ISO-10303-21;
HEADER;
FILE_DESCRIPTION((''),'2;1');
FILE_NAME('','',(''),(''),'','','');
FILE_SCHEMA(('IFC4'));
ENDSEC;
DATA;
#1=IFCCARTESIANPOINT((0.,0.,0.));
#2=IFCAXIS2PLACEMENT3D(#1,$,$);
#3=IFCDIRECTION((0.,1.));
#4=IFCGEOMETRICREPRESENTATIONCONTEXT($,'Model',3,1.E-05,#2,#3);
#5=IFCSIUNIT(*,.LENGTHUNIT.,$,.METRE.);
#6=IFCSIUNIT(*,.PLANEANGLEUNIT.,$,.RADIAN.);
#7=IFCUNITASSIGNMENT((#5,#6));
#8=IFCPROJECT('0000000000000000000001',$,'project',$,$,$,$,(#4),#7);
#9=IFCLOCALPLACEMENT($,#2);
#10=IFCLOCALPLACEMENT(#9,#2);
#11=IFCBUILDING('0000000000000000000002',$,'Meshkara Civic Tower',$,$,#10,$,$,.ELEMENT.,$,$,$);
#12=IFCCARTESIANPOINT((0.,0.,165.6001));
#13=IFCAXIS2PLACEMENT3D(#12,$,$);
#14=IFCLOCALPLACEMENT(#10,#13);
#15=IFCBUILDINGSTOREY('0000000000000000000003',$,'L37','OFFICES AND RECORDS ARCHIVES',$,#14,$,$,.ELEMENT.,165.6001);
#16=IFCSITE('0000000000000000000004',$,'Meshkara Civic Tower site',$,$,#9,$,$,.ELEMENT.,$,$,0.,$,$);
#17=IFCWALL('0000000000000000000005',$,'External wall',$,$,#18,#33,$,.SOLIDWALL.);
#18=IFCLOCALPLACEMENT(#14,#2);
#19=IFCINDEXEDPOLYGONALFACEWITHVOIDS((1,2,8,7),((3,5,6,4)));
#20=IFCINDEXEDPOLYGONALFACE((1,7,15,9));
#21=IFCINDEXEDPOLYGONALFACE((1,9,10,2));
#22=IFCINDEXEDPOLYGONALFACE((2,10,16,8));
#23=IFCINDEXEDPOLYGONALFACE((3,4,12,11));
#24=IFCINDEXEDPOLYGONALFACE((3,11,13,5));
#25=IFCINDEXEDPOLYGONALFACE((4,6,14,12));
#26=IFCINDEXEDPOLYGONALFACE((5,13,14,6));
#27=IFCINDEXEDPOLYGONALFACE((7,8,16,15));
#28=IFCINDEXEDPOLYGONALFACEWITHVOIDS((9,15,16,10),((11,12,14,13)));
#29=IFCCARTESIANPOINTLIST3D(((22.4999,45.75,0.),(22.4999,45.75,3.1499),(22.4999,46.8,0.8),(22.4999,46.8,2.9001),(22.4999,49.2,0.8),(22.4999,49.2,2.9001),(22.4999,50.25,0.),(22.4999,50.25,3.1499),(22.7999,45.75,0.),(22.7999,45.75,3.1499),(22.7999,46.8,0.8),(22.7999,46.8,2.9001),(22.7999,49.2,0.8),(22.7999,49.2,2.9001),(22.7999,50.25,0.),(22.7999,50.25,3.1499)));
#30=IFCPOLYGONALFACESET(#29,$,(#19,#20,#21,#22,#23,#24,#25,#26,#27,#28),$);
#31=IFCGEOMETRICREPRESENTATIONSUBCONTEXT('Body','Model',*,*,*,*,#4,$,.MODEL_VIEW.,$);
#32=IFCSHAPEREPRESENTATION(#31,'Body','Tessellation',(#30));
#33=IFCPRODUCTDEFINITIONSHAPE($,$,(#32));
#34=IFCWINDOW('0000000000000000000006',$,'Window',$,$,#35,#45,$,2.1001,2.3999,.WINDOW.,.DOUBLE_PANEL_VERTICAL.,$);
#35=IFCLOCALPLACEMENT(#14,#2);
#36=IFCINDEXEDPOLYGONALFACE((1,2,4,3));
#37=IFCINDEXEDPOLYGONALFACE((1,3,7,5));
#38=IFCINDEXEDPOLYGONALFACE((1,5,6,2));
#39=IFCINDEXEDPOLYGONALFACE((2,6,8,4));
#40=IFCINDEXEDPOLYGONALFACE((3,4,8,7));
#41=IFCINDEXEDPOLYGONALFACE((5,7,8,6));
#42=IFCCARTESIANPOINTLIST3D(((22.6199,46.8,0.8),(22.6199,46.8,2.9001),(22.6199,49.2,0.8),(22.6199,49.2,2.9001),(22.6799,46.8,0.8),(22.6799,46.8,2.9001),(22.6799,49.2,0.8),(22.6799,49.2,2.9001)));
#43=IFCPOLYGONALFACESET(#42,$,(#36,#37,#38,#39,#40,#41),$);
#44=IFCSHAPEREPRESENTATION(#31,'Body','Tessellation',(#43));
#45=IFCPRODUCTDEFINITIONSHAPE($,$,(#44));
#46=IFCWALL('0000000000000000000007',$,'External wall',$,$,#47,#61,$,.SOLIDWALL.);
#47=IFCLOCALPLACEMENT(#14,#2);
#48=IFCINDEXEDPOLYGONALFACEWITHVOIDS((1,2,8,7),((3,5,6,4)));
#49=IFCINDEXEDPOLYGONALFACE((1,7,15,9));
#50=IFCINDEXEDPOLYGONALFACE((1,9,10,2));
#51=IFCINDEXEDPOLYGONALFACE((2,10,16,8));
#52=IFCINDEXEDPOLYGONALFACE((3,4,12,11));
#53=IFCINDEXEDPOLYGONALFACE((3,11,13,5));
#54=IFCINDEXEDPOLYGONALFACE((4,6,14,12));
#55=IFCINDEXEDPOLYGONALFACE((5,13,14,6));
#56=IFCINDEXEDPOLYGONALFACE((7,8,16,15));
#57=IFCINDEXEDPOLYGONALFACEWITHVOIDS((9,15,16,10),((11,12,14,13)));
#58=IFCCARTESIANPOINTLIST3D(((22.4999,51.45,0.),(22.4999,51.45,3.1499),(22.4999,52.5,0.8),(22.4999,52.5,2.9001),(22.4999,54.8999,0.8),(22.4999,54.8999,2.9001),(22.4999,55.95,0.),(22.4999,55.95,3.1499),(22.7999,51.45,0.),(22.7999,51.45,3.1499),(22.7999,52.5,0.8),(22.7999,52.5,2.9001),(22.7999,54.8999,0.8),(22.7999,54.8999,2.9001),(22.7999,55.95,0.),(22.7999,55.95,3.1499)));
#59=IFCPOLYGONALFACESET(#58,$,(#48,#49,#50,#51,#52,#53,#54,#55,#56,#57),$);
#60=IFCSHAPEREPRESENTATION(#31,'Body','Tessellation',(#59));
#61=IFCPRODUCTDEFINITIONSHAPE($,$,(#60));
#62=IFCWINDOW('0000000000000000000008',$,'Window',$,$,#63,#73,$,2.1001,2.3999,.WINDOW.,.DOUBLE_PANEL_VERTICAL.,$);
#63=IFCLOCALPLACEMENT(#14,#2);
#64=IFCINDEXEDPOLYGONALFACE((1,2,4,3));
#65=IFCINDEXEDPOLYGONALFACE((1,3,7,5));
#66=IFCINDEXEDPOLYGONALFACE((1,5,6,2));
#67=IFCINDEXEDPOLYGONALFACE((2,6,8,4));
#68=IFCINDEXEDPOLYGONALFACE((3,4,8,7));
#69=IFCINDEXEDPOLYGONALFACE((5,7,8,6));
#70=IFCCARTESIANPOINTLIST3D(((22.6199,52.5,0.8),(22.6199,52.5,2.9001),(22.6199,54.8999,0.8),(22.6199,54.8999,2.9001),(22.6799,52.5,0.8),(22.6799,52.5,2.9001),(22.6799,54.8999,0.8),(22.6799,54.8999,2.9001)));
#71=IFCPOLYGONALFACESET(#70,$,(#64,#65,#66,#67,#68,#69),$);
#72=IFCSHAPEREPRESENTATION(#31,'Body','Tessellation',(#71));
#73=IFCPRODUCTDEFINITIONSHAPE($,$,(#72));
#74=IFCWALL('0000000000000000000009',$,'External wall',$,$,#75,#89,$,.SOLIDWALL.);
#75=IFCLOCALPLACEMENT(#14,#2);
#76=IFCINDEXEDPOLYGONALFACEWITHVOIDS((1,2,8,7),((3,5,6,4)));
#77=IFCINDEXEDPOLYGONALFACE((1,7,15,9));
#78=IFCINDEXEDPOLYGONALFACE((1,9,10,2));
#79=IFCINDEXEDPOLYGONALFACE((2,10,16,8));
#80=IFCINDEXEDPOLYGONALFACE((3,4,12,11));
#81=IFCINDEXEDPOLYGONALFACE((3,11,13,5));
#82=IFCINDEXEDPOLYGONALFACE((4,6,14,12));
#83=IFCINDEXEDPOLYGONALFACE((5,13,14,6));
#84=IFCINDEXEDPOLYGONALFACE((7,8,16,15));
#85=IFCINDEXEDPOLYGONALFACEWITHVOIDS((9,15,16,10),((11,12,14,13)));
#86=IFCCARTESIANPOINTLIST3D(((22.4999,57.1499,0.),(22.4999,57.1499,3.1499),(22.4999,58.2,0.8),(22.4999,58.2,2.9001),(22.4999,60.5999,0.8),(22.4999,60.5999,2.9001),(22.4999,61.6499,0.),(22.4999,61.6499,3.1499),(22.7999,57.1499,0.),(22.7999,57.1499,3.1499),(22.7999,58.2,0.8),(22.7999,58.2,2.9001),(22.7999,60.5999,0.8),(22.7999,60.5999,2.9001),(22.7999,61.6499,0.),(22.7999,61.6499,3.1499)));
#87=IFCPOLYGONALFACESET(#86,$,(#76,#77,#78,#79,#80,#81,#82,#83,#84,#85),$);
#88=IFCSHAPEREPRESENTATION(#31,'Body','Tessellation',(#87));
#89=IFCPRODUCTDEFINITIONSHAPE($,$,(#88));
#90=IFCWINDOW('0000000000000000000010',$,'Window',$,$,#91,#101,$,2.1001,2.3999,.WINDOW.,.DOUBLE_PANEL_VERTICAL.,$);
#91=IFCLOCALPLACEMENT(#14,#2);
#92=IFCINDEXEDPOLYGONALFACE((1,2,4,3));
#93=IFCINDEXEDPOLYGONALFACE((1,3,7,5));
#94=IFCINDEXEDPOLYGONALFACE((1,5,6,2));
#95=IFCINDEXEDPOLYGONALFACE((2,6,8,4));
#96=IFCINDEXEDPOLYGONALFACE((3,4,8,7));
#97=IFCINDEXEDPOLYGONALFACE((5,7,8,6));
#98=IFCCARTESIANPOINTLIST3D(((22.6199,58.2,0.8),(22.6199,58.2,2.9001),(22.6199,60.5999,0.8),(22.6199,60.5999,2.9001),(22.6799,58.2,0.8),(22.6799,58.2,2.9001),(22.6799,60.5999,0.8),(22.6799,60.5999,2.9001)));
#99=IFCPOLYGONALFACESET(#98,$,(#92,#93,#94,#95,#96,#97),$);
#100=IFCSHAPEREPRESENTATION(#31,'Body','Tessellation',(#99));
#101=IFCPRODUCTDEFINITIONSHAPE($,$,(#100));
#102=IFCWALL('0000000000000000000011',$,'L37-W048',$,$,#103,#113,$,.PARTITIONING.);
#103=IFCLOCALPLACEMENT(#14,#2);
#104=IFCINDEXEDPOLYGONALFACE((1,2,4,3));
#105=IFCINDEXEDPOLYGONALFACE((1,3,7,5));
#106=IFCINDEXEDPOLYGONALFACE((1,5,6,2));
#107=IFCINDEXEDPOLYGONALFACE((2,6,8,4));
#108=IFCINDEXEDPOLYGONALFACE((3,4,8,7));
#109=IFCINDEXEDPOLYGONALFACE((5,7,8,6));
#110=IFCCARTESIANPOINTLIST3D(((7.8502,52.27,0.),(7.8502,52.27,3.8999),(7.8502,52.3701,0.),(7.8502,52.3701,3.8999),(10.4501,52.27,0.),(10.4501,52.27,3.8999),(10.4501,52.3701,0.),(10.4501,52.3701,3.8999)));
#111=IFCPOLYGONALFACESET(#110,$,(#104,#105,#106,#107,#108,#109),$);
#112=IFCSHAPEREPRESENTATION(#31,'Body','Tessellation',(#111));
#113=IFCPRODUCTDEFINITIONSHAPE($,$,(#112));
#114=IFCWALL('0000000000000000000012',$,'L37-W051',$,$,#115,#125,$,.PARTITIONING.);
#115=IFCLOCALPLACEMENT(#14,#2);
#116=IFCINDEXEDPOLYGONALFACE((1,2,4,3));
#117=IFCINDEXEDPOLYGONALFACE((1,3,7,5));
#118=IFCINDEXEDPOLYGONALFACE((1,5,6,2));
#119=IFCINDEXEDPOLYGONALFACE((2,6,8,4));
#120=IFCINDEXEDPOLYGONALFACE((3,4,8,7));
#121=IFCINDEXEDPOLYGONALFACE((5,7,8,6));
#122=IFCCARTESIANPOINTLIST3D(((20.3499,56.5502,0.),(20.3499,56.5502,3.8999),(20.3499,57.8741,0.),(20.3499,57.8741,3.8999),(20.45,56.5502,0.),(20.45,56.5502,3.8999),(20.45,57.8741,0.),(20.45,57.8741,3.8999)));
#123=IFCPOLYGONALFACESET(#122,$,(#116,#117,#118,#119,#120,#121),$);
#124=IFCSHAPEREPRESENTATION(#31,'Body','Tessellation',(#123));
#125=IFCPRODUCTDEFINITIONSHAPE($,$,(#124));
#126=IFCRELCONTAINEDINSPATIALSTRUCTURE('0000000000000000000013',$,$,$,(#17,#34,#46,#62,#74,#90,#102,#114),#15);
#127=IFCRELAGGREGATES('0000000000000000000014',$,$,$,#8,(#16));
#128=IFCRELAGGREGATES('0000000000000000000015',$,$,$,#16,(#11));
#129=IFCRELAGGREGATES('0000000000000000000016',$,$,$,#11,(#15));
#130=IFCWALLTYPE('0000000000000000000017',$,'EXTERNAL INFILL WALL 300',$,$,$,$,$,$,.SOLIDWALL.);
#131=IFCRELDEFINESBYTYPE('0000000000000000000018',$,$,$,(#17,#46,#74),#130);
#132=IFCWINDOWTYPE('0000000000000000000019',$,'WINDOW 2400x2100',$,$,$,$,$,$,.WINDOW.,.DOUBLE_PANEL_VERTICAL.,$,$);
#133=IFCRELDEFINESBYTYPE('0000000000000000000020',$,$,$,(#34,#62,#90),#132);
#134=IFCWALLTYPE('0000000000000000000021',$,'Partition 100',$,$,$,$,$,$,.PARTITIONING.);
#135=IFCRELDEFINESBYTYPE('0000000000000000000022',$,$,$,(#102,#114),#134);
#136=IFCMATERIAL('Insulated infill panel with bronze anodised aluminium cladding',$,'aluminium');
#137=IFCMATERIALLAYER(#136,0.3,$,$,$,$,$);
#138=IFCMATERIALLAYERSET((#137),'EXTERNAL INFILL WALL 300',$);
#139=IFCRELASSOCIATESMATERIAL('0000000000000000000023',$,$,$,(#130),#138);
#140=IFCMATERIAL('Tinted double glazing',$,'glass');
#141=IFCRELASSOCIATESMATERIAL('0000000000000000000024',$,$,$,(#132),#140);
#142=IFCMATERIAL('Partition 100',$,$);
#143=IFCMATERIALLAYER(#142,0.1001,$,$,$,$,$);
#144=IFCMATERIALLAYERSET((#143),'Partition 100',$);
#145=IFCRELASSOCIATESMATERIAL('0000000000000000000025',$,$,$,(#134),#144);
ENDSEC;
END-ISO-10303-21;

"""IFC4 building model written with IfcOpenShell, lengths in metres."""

from ifc_helpers import new_model, si_unit, direction, frame, frame_2d, origin, place, context, subcontext, project, spatial, rectangle, extrude, material, layer, layer_set, type_object, element, fill, save


model = new_model("IFC4")

# Units and contexts
model_context = context("Model", 3, precision=1e-05, world=origin(), true_north=direction((0.0, 1.0)))
body_context = subcontext(model_context, "Body", "Model", "MODEL_VIEW")
ifc_project = project(units=[si_unit("LENGTHUNIT", "METRE"), si_unit("PLANEANGLEUNIT", "RADIAN")], contexts=[model_context])

# Site, building, storey
site_placement = place(None, origin())
site = spatial("IfcSite", under=ifc_project, at=site_placement, Name="Meshkara Civic Tower site", CompositionType="ELEMENT", RefElevation=0.0)
building_placement = place(site_placement, origin())
building = spatial("IfcBuilding", under=site, at=building_placement, Name="Meshkara Civic Tower", CompositionType="ELEMENT")
storey_placement = place(building_placement, frame((0.0, 0.0, 165.6001)))
storey = spatial("IfcBuildingStorey", under=building, at=storey_placement, Name="L37", Description="OFFICES AND RECORDS ARCHIVES", CompositionType="ELEMENT", Elevation=165.6001)

# Walls, openings, windows
ifc_material_1 = material(Name="Insulated infill panel with bronze anodised aluminium cladding", Category="aluminium")
ifc_layer_1 = layer(ifc_material_1, 0.3)
ifc_layer_set_1 = layer_set([ifc_layer_1], Name="EXTERNAL INFILL WALL 300")
wall_type_1 = type_object("IfcWallType", Name="EXTERNAL INFILL WALL 300", PredefinedType="SOLIDWALL", material=ifc_layer_set_1)
wall_1_placement = place(storey_placement, frame((22.6499, 45.75, 0.0), z_axis=(0.0, 0.0, 1.0), x_axis=(0.0, 1.0, 0.0)))
wall_1 = element("IfcWall", 1, at=wall_1_placement, inside=storey, type_object=wall_type_1, Name="External wall", PredefinedType="SOLIDWALL", context=body_context, shape_type="SweptSolid", body=[
    extrude(rectangle(XDim=4.5, YDim=0.3, at=frame_2d((2.25, 0.0))), origin(), (0.0, 0.0, 1.0), 3.1499),
])
opening_1_placement = place(wall_1_placement, frame((1.05, 0.0, 0.8)))
opening_1 = element("IfcOpeningElement", 2, at=opening_1_placement, cuts=wall_1, PredefinedType="OPENING", context=body_context, shape_type="SweptSolid", body=[
    extrude(rectangle(XDim=2.3999, YDim=2.1001, at=frame_2d((1.2, 1.05))), frame((0.0, 0.1599, 0.0), z_axis=(0.0, -1.0, 0.0), x_axis=(1.0, 0.0, 0.0)), (0.0, 0.0, 1.0), 0.3201),
])
ifc_material_2 = material(Name="Tinted double glazing", Category="glass")
window_type = type_object("IfcWindowType", Name="WINDOW 2400x2100", PartitioningType="DOUBLE_PANEL_VERTICAL", PredefinedType="WINDOW", material=ifc_material_2)
window_1_placement = place(opening_1_placement, origin())
window_1 = element("IfcWindow", 3, at=window_1_placement, inside=storey, type_object=window_type, Name="Window", OverallHeight=2.1001, OverallWidth=2.3999, PartitioningType="DOUBLE_PANEL_VERTICAL", PredefinedType="WINDOW", context=body_context, shape_type="SweptSolid", body=[
    extrude(rectangle(XDim=2.3999, YDim=2.1001, at=frame_2d((1.2, 1.05))), frame((0.0, 0.03, 0.0), z_axis=(0.0, -1.0, 0.0), x_axis=(1.0, 0.0, 0.0)), (0.0, 0.0, 1.0), 0.0601),
])
fill(opening_1, window_1)
wall_2_placement = place(storey_placement, frame((22.6499, 51.45, 0.0), z_axis=(0.0, 0.0, 1.0), x_axis=(0.0, 1.0, 0.0)))
wall_2 = element("IfcWall", 4, at=wall_2_placement, inside=storey, type_object=wall_type_1, Name="External wall", PredefinedType="SOLIDWALL", context=body_context, shape_type="SweptSolid", body=[
    extrude(rectangle(XDim=4.5, YDim=0.3, at=frame_2d((2.25, 0.0))), origin(), (0.0, 0.0, 1.0), 3.1499),
])
opening_2_placement = place(wall_2_placement, frame((1.05, 0.0, 0.8)))
opening_2 = element("IfcOpeningElement", 5, at=opening_2_placement, cuts=wall_2, PredefinedType="OPENING", context=body_context, shape_type="SweptSolid", body=[
    extrude(rectangle(XDim=2.3999, YDim=2.1001, at=frame_2d((1.2, 1.05))), frame((0.0, 0.1599, 0.0), z_axis=(0.0, -1.0, 0.0), x_axis=(1.0, 0.0, 0.0)), (0.0, 0.0, 1.0), 0.3201),
])
window_2_placement = place(opening_2_placement, origin())
window_2 = element("IfcWindow", 6, at=window_2_placement, inside=storey, type_object=window_type, Name="Window", OverallHeight=2.1001, OverallWidth=2.3999, PartitioningType="DOUBLE_PANEL_VERTICAL", PredefinedType="WINDOW", context=body_context, shape_type="SweptSolid", body=[
    extrude(rectangle(XDim=2.3999, YDim=2.1001, at=frame_2d((1.2, 1.05))), frame((0.0, 0.03, 0.0), z_axis=(0.0, -1.0, 0.0), x_axis=(1.0, 0.0, 0.0)), (0.0, 0.0, 1.0), 0.0601),
])
fill(opening_2, window_2)
wall_3_placement = place(storey_placement, frame((22.6499, 57.1499, 0.0), z_axis=(0.0, 0.0, 1.0), x_axis=(0.0, 1.0, 0.0)))
wall_3 = element("IfcWall", 7, at=wall_3_placement, inside=storey, type_object=wall_type_1, Name="External wall", PredefinedType="SOLIDWALL", context=body_context, shape_type="SweptSolid", body=[
    extrude(rectangle(XDim=4.5, YDim=0.3, at=frame_2d((2.25, 0.0))), origin(), (0.0, 0.0, 1.0), 3.1499),
])
opening_3_placement = place(wall_3_placement, frame((1.05, 0.0, 0.8)))
opening_3 = element("IfcOpeningElement", 8, at=opening_3_placement, cuts=wall_3, PredefinedType="OPENING", context=body_context, shape_type="SweptSolid", body=[
    extrude(rectangle(XDim=2.3999, YDim=2.1001, at=frame_2d((1.2, 1.05))), frame((0.0, 0.1599, 0.0), z_axis=(0.0, -1.0, 0.0), x_axis=(1.0, 0.0, 0.0)), (0.0, 0.0, 1.0), 0.3201),
])
window_3_placement = place(opening_3_placement, origin())
window_3 = element("IfcWindow", 9, at=window_3_placement, inside=storey, type_object=window_type, Name="Window", OverallHeight=2.1001, OverallWidth=2.3999, PartitioningType="DOUBLE_PANEL_VERTICAL", PredefinedType="WINDOW", context=body_context, shape_type="SweptSolid", body=[
    extrude(rectangle(XDim=2.3999, YDim=2.1001, at=frame_2d((1.2, 1.05))), frame((0.0, 0.03, 0.0), z_axis=(0.0, -1.0, 0.0), x_axis=(1.0, 0.0, 0.0)), (0.0, 0.0, 1.0), 0.0601),
])
fill(opening_3, window_3)

# Walls
ifc_material_3 = material(Name="Partition 100")
ifc_layer_2 = layer(ifc_material_3, 0.1001)
ifc_layer_set_2 = layer_set([ifc_layer_2], Name="Partition 100")
wall_type_2 = type_object("IfcWallType", Name="Partition 100", PredefinedType="PARTITIONING", material=ifc_layer_set_2)
wall_4_placement = place(storey_placement, frame((10.45, 52.3201, 0.0), z_axis=(0.0, 0.0, 1.0), x_axis=(-1.0, 0.0, 0.0)))
element("IfcWall", 10, at=wall_4_placement, inside=storey, type_object=wall_type_2, Name="L37-W048", PredefinedType="PARTITIONING", context=body_context, shape_type="SweptSolid", body=[
    extrude(rectangle(XDim=2.5999, YDim=0.1001, at=frame_2d((1.2998, 0.0))), origin(), (0.0, 0.0, 1.0), 3.8999),
])
wall_5_placement = place(storey_placement, frame((20.3999, 56.55, 0.0), z_axis=(0.0, 0.0, 1.0), x_axis=(0.0, 1.0, 0.0)))
element("IfcWall", 11, at=wall_5_placement, inside=storey, type_object=wall_type_2, Name="L37-W051", PredefinedType="PARTITIONING", context=body_context, shape_type="SweptSolid", body=[
    extrude(rectangle(XDim=1.324, YDim=0.1001, at=frame_2d((0.6621, 0.0))), origin(), (0.0, 0.0, 1.0), 3.8999),
])

save(model, "model.ifc")
